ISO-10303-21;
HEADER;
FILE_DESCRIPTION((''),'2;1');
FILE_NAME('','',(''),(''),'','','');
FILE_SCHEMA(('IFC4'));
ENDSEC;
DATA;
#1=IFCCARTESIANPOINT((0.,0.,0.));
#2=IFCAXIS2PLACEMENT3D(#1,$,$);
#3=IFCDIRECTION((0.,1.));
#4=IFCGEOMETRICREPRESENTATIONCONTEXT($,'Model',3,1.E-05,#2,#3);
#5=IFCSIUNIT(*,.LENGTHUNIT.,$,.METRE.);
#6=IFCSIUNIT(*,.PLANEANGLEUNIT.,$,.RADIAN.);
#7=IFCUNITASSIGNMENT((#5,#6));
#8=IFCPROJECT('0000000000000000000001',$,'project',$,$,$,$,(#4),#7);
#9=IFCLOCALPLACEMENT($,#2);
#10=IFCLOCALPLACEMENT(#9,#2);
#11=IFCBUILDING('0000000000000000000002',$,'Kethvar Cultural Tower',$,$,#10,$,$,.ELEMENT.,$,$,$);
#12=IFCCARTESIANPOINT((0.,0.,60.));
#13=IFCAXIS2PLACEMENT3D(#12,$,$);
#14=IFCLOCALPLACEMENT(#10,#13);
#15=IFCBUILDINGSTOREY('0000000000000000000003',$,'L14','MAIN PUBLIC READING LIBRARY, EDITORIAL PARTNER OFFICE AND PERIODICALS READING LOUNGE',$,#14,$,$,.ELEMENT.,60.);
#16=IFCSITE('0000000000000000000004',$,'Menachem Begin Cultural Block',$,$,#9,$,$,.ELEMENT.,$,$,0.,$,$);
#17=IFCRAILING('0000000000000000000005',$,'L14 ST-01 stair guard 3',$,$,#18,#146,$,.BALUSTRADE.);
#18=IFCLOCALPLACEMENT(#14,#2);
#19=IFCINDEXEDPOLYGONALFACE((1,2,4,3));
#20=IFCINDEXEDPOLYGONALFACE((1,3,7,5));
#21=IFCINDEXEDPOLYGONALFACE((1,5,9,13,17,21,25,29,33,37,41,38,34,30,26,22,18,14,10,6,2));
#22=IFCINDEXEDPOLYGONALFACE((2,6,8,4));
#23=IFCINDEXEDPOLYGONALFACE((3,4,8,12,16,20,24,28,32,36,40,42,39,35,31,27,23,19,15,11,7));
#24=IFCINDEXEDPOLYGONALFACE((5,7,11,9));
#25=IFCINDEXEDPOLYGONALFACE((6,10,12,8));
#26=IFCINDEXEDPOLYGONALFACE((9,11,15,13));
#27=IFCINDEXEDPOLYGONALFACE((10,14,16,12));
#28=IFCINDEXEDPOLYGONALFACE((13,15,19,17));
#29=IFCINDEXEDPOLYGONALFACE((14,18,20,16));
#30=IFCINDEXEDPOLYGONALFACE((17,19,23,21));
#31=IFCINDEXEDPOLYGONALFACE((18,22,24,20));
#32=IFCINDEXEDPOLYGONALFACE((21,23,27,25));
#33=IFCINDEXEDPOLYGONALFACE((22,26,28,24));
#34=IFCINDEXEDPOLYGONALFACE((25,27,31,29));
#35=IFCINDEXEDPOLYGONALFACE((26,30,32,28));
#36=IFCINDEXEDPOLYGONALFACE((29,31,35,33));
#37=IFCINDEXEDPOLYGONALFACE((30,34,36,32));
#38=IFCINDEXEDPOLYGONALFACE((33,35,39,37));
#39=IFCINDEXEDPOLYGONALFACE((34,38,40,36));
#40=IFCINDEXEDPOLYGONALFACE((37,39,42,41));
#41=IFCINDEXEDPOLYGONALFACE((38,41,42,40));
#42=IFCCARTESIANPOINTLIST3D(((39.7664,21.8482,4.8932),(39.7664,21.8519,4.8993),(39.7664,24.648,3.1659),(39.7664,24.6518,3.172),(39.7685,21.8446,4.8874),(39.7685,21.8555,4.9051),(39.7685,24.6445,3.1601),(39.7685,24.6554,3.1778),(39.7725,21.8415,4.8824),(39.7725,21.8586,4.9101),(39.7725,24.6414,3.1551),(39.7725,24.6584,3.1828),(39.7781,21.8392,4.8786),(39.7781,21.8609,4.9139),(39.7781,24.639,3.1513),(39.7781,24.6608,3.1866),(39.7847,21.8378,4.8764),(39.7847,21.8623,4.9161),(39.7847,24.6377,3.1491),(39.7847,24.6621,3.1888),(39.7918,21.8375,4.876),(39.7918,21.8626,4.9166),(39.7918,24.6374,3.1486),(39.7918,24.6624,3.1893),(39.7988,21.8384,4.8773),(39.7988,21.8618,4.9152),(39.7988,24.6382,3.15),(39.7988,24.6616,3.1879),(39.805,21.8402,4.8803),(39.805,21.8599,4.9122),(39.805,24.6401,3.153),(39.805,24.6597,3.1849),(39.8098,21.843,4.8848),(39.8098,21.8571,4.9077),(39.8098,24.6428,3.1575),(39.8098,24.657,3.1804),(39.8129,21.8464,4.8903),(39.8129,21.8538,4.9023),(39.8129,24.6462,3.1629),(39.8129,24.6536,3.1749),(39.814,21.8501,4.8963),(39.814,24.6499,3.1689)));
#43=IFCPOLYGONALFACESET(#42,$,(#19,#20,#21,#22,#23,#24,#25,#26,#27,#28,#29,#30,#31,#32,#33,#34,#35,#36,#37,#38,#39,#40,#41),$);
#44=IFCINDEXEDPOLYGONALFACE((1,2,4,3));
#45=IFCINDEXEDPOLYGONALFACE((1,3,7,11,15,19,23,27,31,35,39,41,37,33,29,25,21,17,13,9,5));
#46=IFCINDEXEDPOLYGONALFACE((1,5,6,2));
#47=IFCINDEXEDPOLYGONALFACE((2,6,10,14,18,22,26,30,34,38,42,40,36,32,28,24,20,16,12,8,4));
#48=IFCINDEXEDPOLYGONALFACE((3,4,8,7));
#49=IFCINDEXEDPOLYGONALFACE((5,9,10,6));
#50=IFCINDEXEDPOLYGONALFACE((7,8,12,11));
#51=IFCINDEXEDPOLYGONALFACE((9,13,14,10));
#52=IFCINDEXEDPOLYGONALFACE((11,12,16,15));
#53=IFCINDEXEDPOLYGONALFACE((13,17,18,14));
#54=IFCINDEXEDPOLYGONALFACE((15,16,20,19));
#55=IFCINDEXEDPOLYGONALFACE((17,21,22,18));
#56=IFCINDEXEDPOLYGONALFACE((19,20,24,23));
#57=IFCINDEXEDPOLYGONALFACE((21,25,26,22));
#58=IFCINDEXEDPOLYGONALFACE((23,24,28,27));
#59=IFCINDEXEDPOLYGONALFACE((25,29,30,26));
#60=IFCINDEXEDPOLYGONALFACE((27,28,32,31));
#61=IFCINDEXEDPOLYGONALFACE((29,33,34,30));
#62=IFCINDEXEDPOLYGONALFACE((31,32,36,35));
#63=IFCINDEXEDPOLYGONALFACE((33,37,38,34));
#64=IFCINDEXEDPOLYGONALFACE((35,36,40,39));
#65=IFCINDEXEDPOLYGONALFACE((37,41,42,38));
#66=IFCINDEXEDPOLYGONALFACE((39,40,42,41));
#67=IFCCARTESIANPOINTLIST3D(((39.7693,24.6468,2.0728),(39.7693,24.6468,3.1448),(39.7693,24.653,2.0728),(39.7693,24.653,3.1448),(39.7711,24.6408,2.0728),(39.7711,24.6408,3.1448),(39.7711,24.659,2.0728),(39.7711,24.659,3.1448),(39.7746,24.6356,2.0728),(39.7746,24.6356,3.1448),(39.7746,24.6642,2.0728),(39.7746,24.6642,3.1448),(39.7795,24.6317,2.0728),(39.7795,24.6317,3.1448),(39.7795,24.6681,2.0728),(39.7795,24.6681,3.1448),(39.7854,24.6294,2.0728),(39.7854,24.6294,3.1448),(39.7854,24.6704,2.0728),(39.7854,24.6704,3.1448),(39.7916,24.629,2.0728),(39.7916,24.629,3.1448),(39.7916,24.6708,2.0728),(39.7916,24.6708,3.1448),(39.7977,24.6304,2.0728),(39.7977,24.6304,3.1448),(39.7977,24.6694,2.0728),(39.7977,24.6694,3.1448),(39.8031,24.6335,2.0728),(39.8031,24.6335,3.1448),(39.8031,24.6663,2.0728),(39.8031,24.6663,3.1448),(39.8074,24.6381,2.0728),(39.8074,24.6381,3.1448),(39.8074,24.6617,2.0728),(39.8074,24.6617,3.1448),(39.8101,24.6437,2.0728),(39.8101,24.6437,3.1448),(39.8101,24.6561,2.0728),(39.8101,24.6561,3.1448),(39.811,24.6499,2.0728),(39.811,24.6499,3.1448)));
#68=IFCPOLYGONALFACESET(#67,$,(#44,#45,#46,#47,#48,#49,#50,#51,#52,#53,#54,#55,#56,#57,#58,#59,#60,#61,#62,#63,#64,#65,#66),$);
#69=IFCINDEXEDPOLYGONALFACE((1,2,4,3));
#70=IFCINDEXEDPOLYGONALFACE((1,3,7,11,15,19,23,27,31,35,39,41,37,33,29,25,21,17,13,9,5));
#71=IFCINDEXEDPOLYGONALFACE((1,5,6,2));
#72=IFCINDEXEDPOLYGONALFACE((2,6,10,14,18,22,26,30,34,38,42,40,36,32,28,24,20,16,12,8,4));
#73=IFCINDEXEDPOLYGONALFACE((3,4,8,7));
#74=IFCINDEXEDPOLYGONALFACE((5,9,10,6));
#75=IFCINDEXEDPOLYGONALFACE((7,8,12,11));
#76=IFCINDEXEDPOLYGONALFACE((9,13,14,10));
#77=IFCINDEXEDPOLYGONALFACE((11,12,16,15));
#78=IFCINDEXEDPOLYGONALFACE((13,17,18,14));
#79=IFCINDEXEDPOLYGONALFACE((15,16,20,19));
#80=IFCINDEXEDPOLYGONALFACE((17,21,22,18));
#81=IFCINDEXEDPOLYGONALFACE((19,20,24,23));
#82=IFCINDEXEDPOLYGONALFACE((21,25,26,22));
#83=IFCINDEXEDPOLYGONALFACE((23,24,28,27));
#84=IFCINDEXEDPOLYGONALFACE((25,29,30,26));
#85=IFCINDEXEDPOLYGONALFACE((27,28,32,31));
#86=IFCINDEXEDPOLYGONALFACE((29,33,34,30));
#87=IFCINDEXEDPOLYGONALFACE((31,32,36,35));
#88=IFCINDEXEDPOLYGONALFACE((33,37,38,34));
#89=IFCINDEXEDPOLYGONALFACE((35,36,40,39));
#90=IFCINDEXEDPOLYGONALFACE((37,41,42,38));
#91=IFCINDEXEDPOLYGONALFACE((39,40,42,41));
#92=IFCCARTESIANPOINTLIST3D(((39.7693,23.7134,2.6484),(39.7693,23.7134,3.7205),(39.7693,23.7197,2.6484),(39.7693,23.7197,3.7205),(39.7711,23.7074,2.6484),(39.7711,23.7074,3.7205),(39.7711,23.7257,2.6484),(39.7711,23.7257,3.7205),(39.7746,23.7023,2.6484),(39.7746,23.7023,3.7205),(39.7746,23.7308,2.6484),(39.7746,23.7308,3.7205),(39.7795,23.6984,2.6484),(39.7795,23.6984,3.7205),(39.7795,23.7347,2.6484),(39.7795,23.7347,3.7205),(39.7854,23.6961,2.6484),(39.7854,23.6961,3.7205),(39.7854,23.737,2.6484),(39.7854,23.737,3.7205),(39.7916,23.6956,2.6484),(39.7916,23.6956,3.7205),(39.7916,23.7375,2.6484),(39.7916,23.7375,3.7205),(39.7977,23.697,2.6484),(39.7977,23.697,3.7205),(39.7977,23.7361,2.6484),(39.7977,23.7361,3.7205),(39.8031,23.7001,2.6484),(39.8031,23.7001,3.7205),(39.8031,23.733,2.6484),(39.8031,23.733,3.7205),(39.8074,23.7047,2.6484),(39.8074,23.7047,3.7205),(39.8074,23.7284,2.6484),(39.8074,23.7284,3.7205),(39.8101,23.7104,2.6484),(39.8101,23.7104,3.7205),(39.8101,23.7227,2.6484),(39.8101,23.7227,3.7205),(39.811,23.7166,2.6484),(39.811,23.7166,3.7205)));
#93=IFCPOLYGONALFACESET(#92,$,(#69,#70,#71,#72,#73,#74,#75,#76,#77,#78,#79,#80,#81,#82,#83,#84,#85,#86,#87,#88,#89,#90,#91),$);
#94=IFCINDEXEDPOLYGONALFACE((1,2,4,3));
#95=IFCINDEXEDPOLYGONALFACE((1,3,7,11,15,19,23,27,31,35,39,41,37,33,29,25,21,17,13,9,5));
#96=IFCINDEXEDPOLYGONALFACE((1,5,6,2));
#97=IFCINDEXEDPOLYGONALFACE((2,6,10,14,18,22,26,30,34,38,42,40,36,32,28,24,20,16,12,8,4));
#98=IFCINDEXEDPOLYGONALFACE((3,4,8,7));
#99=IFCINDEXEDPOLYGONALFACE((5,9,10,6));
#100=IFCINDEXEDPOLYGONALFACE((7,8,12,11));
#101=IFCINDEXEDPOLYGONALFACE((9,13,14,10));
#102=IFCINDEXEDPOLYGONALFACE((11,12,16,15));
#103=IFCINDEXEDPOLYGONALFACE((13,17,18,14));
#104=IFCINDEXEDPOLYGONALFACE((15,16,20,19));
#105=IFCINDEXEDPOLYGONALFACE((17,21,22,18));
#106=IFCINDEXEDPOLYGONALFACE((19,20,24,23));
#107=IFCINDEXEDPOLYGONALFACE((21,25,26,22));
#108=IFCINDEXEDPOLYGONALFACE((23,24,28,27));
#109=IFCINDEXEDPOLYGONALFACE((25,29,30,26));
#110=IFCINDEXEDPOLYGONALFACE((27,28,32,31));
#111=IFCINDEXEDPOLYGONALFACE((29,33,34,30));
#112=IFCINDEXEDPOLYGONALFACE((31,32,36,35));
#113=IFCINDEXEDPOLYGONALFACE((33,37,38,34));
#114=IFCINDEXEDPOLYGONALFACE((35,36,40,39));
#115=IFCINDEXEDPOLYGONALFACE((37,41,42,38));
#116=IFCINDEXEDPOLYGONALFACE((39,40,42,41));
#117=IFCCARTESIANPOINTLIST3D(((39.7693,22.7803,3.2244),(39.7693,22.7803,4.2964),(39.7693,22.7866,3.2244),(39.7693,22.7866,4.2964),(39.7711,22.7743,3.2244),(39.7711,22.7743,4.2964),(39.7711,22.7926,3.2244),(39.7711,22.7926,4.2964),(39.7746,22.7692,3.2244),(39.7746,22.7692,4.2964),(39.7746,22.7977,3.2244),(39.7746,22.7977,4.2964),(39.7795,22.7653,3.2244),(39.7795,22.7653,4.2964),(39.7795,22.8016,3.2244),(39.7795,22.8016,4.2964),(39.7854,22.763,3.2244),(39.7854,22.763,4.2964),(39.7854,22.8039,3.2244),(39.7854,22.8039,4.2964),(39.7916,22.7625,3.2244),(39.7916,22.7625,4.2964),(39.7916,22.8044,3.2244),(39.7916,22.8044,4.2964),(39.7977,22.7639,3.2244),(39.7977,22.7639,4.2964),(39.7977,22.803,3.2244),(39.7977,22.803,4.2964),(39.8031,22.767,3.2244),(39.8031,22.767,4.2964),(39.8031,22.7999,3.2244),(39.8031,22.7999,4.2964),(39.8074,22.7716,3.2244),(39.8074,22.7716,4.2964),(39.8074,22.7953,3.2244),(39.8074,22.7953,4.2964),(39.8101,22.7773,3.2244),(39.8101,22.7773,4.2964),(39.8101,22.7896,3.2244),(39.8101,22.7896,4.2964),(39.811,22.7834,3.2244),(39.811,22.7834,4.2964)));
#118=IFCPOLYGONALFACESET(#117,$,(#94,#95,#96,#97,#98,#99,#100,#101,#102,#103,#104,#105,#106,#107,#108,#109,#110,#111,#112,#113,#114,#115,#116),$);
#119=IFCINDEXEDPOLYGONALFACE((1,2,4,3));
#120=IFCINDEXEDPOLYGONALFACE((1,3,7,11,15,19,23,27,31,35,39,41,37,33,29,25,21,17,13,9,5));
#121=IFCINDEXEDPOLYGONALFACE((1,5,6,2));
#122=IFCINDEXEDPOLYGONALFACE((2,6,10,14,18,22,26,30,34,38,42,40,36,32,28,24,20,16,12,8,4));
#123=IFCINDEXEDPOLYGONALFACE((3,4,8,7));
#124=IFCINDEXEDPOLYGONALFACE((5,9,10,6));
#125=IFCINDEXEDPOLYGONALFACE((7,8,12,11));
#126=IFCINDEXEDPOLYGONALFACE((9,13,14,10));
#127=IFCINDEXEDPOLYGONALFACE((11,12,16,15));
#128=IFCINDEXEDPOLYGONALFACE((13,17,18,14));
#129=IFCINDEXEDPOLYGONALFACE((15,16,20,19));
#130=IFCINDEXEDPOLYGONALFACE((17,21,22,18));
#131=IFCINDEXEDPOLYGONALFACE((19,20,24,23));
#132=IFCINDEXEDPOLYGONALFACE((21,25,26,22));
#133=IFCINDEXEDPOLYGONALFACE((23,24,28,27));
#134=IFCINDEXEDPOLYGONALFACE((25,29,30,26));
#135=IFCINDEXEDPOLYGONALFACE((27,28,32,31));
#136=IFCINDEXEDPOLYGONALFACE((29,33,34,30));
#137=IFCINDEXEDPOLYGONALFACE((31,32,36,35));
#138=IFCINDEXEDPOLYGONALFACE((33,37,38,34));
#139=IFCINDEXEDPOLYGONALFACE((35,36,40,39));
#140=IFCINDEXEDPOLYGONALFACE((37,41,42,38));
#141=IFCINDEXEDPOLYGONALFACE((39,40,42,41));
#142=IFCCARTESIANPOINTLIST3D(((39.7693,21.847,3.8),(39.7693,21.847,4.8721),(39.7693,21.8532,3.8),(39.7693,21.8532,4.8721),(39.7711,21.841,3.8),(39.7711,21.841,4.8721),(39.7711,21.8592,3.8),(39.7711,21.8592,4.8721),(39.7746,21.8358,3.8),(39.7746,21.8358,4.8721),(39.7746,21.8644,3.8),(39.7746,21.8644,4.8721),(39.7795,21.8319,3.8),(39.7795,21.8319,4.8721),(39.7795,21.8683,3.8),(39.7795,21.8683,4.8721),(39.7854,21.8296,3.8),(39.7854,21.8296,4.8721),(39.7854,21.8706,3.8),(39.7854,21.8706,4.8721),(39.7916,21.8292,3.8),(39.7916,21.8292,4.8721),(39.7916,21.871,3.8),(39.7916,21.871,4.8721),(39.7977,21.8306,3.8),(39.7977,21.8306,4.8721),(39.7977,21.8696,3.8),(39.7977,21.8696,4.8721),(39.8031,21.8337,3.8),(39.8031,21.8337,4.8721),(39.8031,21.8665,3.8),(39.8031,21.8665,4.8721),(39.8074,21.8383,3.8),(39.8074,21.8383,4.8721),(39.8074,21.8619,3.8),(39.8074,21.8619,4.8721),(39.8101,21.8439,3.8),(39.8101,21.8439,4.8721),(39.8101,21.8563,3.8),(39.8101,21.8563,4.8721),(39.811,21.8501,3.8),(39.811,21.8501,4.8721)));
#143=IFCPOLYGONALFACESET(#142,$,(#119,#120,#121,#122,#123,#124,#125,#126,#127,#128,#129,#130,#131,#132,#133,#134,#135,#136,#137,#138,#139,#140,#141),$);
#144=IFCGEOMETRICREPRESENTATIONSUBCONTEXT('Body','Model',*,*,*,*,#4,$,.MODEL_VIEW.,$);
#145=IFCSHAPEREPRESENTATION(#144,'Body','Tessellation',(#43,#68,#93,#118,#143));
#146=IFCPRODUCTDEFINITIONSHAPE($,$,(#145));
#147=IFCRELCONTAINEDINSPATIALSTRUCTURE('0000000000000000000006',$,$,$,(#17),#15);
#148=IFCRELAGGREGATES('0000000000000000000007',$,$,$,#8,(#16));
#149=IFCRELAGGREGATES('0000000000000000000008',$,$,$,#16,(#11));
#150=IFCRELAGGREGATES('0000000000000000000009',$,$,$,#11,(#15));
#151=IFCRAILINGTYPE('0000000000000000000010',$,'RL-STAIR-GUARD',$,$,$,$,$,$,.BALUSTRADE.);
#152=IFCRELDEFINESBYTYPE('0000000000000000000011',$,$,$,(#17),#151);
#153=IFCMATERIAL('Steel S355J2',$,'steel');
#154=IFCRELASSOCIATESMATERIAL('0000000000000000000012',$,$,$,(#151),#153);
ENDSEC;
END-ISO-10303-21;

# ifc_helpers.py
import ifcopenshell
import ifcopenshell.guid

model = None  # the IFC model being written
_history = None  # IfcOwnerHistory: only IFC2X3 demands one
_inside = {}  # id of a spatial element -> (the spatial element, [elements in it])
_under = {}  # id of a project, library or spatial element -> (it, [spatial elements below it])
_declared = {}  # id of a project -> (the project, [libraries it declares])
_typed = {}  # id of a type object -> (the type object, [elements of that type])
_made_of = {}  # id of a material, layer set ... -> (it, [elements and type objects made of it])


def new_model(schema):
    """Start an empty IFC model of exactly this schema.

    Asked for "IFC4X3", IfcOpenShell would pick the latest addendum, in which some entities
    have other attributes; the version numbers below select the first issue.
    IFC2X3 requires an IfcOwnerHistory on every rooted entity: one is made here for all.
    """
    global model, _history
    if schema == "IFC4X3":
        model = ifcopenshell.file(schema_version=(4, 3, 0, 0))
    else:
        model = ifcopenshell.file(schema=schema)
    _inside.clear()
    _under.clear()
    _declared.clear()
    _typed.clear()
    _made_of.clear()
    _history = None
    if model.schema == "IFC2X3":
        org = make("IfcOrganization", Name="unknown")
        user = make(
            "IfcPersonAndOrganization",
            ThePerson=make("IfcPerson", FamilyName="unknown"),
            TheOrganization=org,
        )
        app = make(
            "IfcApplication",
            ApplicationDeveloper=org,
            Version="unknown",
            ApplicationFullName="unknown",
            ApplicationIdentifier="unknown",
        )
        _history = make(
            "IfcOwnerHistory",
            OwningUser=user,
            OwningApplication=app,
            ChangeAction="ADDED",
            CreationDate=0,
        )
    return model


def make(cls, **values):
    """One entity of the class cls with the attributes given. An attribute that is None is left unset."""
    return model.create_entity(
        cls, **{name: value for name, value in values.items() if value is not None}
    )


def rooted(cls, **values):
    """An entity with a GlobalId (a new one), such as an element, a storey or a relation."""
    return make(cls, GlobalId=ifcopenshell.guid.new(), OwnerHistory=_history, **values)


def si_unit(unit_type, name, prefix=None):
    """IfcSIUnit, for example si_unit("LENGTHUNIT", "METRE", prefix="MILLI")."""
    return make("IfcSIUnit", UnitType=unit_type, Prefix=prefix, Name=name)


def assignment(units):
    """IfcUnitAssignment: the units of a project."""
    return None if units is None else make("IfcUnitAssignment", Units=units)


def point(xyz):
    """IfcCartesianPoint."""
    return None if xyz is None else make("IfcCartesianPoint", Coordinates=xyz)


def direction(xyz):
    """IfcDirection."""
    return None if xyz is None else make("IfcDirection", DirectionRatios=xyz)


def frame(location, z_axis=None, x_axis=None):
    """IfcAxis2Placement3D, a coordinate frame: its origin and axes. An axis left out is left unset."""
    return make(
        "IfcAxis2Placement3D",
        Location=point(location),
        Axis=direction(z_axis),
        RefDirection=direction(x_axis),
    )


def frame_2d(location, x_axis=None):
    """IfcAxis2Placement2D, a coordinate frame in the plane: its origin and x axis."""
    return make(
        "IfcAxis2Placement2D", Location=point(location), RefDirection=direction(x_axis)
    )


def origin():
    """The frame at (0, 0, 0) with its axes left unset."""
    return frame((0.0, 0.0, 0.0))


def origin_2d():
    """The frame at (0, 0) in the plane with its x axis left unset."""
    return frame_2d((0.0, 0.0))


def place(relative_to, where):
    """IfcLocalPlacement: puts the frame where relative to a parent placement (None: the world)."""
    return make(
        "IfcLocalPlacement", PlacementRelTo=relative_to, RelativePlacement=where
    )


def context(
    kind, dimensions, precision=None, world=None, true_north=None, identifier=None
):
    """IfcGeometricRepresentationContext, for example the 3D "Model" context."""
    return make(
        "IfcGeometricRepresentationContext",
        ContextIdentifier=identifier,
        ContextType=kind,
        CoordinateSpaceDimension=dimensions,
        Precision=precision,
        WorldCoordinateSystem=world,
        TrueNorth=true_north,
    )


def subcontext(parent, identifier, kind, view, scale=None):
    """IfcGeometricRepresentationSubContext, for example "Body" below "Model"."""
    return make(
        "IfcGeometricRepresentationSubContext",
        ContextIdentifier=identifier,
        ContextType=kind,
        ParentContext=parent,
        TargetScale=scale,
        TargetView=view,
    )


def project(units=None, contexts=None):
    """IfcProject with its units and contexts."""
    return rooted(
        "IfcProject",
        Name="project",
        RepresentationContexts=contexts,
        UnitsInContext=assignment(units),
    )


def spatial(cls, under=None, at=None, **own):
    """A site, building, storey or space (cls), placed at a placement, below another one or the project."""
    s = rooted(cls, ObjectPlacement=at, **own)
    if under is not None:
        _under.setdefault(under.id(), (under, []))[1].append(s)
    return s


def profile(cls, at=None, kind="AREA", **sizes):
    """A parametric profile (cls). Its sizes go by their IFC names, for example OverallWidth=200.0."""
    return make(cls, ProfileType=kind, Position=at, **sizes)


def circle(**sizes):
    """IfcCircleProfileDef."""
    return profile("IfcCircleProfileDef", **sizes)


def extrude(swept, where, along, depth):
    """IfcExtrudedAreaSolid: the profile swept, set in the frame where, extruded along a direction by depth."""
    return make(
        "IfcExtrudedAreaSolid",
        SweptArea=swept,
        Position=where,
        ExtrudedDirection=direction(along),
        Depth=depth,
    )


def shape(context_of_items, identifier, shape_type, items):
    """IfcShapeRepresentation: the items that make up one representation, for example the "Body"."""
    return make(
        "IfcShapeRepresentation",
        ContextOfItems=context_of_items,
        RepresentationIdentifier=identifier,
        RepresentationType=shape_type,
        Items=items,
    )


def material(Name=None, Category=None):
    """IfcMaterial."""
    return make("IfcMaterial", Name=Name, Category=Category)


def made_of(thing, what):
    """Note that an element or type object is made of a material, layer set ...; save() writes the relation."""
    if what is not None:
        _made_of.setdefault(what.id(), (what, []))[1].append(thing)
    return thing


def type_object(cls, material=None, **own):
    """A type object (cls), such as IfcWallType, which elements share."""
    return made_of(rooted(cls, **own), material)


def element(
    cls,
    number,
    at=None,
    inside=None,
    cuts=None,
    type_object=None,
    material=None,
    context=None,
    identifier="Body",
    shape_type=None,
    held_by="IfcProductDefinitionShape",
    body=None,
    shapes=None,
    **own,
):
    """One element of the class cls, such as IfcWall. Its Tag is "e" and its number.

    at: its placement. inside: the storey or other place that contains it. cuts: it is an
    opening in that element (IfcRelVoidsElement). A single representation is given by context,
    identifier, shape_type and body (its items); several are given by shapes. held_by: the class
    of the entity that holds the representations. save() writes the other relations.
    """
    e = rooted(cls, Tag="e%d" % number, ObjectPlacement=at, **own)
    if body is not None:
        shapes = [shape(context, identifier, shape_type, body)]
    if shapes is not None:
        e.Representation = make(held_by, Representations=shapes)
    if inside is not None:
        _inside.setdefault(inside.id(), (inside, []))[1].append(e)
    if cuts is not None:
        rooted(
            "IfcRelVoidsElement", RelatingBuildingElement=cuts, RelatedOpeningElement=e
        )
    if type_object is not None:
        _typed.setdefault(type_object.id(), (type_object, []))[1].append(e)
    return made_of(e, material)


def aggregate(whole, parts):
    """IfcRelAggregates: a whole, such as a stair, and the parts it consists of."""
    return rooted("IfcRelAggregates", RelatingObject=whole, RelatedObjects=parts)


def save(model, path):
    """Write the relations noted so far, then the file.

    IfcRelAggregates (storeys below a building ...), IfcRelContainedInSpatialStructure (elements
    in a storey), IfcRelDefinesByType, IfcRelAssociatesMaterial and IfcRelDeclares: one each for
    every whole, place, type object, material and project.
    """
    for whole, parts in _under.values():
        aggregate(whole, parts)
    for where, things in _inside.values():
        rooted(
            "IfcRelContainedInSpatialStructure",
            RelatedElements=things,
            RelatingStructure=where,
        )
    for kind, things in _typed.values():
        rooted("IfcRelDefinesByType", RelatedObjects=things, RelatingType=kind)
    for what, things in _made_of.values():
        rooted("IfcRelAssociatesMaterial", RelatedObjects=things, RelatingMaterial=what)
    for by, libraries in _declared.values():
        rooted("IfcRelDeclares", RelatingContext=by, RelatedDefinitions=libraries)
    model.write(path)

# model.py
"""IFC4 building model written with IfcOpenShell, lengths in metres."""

from ifc_helpers import new_model, si_unit, direction, frame, origin, origin_2d, place, context, subcontext, project, spatial, circle, extrude, material, type_object, element, save


model = new_model("IFC4")

# Units and contexts
model_context = context("Model", 3, precision=1e-05, world=origin(), true_north=direction((0.0, 1.0)))
body_context = subcontext(model_context, "Body", "Model", "MODEL_VIEW")
ifc_project = project(units=[si_unit("LENGTHUNIT", "METRE"), si_unit("PLANEANGLEUNIT", "RADIAN")], contexts=[model_context])

# Site, building, storey
site_placement = place(None, origin())
site = spatial("IfcSite", under=ifc_project, at=site_placement, Name="Menachem Begin Cultural Block", CompositionType="ELEMENT", RefElevation=0.0)
building_placement = place(site_placement, origin())
building = spatial("IfcBuilding", under=site, at=building_placement, Name="Kethvar Cultural Tower", CompositionType="ELEMENT")
storey_placement = place(building_placement, frame((0.0, 0.0, 60.0)))
storey = spatial("IfcBuildingStorey", under=building, at=storey_placement, Name="L14", Description="MAIN PUBLIC READING LIBRARY, EDITORIAL PARTNER OFFICE AND PERIODICALS READING LOUNGE", CompositionType="ELEMENT", Elevation=60.0)

# Shared definitions
ifc_material_1 = material(Name="Steel S355J2", Category="steel")

# Railing
railing_type_1 = type_object("IfcRailingType", Name="RL-STAIR-GUARD", PredefinedType="BALUSTRADE", material=ifc_material_1)
railing_1_placement = place(storey_placement, frame((39.79, 24.6499, 2.0728)))
element("IfcRailing", 1, at=railing_1_placement, inside=storey, type_object=railing_type_1, Name="L14 ST-01 stair guard 3", PredefinedType="BALUSTRADE", context=body_context, shape_type="SweptSolid", body=[
    extrude(circle(Radius=0.0239, at=origin_2d()), frame((0.0, 0.0, 1.0962), z_axis=(0.0, -0.851069, 0.525054), x_axis=(1.0, 0.0, 0.0)), (0.0, 0.0, 1.0), 3.2898),
    extrude(circle(Radius=0.021, at=origin_2d()), origin(), (0.0, 0.0, 1.0), 1.072),
    extrude(circle(Radius=0.021, at=origin_2d()), frame((0.0, -0.9333, 0.5757)), (0.0, 0.0, 1.0), 1.072),
    extrude(circle(Radius=0.021, at=origin_2d()), frame((0.0, -1.8665, 1.1516)), (0.0, 0.0, 1.0), 1.072),
    extrude(circle(Radius=0.021, at=origin_2d()), frame((0.0, -2.7998, 1.7273)), (0.0, 0.0, 1.0), 1.072),
])

save(model, "model.ifc")
